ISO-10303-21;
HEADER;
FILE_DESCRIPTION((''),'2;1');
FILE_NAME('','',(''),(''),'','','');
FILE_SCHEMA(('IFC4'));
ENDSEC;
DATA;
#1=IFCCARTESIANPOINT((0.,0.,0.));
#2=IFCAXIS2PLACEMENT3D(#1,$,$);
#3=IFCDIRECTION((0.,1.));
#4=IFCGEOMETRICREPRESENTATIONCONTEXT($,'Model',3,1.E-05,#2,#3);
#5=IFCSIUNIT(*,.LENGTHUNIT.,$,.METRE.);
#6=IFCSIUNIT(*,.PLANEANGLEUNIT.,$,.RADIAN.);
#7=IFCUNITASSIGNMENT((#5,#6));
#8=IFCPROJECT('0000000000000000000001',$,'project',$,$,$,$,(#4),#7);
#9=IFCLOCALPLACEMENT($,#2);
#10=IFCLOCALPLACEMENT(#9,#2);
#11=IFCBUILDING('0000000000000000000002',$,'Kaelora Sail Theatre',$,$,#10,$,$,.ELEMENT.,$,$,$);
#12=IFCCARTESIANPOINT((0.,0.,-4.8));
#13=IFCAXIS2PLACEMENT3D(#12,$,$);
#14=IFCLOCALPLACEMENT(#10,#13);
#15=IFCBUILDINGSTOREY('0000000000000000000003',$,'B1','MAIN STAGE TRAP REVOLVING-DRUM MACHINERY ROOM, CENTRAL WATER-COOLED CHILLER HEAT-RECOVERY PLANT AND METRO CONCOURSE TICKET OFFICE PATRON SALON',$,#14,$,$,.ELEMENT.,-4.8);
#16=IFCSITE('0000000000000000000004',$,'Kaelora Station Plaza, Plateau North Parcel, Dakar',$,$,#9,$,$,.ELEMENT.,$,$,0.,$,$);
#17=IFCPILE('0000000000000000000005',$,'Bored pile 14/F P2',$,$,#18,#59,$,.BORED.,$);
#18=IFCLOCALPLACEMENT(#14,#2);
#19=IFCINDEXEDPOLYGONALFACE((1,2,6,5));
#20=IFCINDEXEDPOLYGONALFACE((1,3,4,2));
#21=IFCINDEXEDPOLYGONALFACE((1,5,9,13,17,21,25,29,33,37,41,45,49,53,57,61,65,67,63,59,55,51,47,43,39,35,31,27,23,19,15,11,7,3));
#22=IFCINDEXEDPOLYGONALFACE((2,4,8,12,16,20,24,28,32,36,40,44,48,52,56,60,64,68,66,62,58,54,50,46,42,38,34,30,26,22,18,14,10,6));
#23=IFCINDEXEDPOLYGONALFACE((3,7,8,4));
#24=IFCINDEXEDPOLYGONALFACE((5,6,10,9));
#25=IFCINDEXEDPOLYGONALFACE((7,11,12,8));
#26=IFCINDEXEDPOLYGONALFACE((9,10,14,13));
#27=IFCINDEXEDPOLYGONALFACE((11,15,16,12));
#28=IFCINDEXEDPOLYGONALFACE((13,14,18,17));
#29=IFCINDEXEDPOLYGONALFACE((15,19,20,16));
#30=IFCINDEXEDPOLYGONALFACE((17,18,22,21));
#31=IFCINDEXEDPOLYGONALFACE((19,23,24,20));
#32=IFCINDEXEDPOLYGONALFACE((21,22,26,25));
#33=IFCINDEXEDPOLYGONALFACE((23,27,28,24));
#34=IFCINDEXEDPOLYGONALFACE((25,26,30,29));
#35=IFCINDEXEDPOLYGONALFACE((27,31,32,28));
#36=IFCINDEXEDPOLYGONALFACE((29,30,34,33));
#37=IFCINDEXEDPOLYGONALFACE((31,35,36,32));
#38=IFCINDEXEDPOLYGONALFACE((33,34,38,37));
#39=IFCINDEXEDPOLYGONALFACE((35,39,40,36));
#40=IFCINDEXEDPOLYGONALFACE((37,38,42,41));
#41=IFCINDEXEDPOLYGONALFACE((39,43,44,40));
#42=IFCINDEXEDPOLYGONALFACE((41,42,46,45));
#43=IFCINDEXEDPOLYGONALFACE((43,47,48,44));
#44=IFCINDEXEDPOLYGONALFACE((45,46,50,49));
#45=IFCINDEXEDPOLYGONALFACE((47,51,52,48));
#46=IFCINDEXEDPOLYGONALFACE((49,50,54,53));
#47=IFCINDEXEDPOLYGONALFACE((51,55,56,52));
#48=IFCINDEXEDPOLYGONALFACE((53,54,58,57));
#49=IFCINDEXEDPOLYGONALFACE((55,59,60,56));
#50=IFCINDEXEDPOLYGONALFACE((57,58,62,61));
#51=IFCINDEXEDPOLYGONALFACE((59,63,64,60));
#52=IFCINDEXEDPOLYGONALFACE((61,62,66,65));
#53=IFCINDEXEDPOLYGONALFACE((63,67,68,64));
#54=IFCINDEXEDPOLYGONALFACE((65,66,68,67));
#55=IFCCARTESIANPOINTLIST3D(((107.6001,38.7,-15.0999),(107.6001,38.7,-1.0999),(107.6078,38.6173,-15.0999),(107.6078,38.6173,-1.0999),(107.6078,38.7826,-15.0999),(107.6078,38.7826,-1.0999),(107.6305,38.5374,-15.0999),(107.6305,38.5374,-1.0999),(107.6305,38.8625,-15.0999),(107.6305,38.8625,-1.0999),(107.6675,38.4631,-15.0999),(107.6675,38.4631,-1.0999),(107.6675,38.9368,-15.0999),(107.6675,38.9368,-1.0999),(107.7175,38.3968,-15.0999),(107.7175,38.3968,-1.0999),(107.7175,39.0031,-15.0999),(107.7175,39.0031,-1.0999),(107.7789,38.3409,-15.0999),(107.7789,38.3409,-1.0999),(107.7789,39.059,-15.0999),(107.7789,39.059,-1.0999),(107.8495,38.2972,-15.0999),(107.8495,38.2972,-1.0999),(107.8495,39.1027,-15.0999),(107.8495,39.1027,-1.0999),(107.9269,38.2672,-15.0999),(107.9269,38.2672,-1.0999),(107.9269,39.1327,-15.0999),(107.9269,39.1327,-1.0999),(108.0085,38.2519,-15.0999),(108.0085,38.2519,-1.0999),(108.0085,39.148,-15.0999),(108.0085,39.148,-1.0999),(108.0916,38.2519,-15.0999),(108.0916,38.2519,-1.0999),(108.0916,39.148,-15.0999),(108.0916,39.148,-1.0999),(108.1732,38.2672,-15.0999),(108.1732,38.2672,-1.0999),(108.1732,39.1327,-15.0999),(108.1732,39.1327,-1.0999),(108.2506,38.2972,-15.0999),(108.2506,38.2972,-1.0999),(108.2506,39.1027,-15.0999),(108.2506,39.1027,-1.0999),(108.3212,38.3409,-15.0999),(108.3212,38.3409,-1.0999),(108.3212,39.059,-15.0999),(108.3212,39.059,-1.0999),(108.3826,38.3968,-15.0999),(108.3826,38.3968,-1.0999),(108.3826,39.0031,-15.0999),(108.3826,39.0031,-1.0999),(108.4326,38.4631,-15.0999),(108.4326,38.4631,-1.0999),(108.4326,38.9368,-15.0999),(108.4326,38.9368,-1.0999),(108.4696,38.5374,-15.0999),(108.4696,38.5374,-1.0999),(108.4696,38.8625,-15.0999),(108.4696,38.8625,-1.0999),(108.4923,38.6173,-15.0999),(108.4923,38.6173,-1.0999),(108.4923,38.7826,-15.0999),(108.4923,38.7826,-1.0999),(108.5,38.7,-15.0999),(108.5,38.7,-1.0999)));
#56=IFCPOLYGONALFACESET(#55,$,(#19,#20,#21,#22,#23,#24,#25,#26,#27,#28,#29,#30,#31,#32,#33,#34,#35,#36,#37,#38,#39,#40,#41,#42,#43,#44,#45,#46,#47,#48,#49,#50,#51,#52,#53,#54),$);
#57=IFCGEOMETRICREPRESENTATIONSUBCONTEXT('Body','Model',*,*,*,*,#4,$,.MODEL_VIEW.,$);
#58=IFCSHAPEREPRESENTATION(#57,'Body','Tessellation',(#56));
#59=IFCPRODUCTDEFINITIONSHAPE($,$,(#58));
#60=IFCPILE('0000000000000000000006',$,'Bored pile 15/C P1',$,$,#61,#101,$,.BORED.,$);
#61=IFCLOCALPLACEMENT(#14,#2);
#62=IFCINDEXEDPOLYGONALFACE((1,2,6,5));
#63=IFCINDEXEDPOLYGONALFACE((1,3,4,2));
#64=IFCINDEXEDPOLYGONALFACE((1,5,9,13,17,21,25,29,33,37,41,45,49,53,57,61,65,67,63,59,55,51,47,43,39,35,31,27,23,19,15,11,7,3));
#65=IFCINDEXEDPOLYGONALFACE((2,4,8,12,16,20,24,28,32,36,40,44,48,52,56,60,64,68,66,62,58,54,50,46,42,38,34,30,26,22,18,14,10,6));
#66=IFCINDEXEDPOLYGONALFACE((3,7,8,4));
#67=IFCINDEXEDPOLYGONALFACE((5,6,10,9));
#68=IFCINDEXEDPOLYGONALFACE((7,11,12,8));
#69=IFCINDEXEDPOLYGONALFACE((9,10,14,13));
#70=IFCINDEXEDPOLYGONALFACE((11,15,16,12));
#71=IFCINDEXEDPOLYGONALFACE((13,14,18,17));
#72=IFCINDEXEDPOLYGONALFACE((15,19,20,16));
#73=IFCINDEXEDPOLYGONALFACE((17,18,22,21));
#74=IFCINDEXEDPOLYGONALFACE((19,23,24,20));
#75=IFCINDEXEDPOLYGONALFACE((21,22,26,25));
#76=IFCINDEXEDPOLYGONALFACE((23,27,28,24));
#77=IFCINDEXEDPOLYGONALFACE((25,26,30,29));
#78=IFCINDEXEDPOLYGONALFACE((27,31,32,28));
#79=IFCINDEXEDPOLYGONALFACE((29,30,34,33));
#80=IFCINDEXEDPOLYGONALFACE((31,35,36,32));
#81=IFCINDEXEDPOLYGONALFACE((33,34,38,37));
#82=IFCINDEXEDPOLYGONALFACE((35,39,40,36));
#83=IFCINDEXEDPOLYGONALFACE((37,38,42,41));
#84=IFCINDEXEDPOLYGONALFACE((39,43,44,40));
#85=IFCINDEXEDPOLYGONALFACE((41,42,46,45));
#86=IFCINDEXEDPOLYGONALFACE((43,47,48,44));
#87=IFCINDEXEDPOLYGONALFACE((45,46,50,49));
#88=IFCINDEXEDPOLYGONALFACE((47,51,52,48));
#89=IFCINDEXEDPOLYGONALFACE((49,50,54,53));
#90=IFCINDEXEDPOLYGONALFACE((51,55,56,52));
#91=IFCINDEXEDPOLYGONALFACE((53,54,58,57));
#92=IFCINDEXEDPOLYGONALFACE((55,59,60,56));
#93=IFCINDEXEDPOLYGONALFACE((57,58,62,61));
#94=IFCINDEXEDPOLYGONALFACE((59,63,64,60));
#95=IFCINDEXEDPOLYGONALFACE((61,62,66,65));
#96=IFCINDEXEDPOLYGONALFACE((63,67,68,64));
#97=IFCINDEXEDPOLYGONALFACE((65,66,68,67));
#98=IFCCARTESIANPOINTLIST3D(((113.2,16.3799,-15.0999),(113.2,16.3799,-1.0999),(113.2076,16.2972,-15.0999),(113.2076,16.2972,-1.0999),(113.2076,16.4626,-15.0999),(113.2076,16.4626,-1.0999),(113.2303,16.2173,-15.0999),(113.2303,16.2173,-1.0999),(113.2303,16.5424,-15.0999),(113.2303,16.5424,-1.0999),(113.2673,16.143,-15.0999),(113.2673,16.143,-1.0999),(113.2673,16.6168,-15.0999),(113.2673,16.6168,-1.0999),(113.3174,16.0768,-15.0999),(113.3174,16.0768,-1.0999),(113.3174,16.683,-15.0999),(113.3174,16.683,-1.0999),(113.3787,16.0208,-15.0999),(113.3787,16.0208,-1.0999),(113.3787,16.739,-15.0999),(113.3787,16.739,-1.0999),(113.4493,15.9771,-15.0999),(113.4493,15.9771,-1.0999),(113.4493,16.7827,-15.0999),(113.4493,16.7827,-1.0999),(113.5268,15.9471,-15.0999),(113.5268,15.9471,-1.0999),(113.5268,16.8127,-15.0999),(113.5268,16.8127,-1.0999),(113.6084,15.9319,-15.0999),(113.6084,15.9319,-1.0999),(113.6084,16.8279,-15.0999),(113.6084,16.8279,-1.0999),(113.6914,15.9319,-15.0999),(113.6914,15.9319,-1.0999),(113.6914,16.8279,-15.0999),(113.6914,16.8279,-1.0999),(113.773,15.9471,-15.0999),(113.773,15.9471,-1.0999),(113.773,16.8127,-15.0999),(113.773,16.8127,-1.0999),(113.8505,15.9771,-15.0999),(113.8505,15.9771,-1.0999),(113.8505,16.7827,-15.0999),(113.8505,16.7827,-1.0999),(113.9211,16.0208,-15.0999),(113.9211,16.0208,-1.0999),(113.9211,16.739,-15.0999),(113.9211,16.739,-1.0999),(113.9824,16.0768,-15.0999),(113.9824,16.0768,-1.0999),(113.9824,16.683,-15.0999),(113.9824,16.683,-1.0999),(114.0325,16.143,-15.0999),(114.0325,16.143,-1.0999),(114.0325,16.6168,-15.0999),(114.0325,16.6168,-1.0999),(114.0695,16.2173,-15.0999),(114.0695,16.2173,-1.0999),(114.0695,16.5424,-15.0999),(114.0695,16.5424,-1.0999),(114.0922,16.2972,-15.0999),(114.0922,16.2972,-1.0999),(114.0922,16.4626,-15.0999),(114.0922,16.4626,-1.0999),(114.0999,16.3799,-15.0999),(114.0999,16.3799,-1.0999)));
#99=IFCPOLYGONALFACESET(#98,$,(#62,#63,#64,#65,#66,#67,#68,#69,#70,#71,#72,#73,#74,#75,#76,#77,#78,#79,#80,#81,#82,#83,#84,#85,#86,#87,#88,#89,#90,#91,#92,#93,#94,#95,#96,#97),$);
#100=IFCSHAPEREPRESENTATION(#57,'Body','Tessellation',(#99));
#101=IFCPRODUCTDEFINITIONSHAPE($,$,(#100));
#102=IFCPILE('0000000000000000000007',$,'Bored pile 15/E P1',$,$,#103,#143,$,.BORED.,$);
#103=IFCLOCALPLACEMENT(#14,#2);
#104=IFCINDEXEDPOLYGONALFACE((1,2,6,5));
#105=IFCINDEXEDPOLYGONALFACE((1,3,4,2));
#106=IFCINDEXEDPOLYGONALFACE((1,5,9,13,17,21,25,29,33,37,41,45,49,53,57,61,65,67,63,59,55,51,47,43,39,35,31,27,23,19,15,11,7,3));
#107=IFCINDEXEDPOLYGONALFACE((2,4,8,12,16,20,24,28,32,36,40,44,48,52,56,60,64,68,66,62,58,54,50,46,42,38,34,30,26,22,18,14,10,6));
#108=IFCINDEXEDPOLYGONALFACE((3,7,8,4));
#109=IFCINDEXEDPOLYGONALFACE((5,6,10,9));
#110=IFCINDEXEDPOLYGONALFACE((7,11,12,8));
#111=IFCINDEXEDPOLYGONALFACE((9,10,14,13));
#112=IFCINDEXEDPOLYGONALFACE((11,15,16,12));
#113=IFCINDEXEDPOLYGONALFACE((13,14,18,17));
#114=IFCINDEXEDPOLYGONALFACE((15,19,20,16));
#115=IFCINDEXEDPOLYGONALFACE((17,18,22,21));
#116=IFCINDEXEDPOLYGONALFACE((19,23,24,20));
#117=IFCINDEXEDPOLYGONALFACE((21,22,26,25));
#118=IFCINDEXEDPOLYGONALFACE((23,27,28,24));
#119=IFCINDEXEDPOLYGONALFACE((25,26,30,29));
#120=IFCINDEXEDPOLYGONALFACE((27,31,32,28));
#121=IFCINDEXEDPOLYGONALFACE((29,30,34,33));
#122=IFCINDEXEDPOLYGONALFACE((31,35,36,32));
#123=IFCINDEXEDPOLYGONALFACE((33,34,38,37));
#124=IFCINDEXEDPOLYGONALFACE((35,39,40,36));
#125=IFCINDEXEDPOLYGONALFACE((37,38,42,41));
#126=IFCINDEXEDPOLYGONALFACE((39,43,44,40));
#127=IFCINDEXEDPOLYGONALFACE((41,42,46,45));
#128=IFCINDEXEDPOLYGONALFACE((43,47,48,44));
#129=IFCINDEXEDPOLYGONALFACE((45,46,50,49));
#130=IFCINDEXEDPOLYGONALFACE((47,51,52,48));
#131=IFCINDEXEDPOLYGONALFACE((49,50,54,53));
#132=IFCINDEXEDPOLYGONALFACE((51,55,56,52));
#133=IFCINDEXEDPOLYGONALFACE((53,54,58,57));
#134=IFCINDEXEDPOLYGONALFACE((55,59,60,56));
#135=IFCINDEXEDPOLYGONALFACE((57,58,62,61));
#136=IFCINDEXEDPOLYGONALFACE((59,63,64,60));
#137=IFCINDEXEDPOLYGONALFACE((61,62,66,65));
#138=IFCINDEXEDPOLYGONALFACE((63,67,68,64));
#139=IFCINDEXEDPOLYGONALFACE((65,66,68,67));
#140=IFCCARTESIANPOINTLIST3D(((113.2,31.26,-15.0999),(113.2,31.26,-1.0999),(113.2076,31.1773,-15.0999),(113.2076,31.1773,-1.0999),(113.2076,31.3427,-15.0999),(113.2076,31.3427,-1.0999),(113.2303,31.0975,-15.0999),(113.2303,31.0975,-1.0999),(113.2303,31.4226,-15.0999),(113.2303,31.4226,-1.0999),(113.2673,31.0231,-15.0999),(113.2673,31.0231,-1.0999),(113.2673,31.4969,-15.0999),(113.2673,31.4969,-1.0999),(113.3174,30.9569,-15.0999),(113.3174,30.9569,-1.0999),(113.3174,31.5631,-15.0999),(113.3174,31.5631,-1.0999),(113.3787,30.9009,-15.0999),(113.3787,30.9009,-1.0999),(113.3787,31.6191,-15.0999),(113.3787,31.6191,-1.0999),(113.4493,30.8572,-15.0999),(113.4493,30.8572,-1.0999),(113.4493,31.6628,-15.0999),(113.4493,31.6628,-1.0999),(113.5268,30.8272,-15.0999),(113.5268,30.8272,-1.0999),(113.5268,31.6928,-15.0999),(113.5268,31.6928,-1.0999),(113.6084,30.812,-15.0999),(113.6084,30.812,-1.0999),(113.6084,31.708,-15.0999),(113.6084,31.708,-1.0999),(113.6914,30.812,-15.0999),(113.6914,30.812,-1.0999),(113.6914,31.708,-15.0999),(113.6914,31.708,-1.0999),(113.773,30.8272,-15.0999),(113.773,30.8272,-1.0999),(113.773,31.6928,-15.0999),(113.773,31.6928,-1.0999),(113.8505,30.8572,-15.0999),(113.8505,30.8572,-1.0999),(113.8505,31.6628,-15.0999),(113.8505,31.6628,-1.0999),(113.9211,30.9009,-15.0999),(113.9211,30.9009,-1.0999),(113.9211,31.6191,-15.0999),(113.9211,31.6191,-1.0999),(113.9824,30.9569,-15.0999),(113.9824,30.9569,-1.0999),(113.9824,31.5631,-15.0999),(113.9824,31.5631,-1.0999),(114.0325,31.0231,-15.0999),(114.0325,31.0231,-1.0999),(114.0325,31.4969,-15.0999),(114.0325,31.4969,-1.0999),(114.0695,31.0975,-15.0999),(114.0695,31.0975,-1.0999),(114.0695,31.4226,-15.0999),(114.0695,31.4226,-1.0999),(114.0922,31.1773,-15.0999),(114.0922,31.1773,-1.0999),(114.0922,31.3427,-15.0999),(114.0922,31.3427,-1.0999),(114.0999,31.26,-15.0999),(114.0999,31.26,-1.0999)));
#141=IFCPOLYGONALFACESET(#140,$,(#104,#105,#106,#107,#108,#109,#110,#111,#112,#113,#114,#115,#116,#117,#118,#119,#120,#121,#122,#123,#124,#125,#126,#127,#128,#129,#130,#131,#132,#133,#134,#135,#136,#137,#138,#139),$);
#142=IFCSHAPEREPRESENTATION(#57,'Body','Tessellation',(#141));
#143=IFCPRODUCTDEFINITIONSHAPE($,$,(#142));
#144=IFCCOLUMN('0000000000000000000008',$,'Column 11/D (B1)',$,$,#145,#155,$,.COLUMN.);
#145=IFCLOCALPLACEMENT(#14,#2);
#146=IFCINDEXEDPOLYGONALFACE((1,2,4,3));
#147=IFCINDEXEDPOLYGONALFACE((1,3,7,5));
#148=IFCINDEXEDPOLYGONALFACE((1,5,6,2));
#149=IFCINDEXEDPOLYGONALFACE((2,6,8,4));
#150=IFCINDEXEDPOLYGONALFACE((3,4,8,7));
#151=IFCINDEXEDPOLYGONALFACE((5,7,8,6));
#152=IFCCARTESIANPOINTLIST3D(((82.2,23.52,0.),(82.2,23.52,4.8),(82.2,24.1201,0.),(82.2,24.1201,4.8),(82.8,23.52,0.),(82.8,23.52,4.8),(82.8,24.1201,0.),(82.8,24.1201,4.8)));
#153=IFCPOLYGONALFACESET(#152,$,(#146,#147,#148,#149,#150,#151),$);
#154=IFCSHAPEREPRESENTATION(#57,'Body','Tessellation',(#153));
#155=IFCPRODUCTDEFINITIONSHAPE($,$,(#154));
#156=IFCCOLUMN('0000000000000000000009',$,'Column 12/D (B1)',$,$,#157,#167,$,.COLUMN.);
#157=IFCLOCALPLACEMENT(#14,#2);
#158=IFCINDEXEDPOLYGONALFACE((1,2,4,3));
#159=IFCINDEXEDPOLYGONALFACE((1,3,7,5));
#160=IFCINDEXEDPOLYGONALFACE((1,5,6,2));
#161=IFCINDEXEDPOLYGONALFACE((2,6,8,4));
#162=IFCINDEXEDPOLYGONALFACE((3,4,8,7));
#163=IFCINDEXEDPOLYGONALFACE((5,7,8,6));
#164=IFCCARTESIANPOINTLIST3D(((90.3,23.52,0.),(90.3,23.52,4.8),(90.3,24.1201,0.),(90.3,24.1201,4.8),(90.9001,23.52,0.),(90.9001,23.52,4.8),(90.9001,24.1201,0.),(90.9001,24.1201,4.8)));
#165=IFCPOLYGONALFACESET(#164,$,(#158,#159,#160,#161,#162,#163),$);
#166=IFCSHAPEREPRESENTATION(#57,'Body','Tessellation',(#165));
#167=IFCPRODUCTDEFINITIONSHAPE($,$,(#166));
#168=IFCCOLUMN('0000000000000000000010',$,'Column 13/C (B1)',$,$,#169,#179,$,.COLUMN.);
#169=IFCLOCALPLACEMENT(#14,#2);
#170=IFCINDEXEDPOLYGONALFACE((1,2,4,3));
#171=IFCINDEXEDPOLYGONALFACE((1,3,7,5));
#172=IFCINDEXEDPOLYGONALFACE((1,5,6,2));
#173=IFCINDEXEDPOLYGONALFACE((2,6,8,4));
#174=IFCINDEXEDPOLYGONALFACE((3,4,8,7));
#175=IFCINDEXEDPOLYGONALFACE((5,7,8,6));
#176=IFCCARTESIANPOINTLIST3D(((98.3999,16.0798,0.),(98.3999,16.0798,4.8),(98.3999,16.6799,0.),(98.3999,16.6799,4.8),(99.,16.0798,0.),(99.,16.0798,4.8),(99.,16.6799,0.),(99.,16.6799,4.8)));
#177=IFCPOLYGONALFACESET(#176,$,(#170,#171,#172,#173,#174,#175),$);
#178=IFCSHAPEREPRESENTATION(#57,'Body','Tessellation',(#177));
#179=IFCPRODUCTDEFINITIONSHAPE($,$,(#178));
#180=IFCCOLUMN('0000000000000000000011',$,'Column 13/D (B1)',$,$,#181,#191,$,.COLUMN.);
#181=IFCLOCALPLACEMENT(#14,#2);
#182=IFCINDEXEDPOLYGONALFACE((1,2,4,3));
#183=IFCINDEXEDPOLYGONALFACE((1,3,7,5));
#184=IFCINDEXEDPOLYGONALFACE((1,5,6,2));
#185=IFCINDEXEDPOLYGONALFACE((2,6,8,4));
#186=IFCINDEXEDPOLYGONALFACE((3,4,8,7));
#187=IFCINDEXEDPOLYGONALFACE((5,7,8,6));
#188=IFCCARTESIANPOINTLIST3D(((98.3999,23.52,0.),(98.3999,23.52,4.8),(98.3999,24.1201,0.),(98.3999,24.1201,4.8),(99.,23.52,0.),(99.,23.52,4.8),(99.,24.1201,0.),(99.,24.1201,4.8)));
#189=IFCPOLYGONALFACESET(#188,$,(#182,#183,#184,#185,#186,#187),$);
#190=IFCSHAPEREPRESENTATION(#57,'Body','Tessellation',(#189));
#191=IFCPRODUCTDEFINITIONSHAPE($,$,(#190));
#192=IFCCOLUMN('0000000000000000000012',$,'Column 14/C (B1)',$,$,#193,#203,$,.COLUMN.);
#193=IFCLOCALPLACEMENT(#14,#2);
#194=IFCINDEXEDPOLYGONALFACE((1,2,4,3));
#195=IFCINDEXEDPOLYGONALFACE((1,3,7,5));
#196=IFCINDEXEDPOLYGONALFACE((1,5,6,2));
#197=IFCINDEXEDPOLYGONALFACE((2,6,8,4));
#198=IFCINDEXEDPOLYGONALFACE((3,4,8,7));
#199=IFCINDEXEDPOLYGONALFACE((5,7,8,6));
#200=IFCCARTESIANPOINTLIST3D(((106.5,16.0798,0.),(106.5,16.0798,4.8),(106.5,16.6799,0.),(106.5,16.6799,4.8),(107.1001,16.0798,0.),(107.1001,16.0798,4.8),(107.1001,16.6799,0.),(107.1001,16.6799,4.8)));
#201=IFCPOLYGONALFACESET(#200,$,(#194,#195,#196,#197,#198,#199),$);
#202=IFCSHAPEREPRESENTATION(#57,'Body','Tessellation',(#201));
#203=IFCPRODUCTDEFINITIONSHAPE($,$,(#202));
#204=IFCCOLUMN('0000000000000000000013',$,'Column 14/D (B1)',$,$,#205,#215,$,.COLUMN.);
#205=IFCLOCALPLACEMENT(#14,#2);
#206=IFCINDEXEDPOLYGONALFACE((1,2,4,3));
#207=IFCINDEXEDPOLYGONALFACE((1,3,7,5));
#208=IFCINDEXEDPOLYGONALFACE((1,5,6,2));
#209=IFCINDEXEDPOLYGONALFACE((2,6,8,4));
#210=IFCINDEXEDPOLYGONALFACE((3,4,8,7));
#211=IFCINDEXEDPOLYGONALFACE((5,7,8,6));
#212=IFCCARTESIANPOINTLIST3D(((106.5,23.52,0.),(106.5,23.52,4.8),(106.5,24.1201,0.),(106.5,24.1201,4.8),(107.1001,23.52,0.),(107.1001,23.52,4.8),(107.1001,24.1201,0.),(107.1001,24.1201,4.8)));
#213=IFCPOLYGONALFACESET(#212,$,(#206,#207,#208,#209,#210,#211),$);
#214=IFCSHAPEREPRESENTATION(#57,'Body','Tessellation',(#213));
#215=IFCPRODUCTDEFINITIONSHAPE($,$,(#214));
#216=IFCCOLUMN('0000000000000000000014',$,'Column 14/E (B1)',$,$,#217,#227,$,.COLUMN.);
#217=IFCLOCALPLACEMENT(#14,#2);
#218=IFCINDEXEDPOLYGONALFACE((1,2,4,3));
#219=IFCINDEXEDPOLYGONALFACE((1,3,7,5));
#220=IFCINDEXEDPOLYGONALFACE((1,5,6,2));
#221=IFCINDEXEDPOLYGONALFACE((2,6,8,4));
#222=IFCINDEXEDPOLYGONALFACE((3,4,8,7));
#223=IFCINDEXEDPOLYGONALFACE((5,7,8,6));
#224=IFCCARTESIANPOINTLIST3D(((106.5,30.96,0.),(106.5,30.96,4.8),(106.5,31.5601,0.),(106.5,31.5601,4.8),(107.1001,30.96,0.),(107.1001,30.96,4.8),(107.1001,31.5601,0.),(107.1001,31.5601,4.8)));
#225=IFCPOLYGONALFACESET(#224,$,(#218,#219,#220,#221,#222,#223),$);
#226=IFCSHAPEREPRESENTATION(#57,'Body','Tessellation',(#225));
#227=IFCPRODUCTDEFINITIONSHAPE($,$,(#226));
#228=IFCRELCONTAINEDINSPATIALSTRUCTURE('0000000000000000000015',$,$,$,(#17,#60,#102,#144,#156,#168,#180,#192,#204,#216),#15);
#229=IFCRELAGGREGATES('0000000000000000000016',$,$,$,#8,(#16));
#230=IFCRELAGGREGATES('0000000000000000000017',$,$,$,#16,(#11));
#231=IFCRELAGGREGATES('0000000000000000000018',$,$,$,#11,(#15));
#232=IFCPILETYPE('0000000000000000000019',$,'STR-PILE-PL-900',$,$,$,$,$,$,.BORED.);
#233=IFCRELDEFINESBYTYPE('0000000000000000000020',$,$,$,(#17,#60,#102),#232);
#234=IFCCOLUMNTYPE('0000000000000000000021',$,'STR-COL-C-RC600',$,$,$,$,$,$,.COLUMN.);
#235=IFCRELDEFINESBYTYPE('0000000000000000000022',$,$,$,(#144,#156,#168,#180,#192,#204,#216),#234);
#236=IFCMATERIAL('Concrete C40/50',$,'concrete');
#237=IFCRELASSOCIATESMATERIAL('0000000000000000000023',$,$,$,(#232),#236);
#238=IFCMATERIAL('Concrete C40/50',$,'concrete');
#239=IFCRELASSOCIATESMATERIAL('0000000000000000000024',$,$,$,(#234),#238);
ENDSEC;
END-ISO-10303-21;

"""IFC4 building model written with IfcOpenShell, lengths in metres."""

from ifc_helpers import new_model, si_unit, direction, frame, origin, origin_2d, place, context, subcontext, project, spatial, rectangle, circle, extrude, material, material_profile, profile_set, type_object, element, save


model = new_model("IFC4")

# Units and contexts
model_context = context("Model", 3, precision=1e-05, world=origin(), true_north=direction((0.0, 1.0)))
body_context = subcontext(model_context, "Body", "Model", "MODEL_VIEW")
ifc_project = project(units=[si_unit("LENGTHUNIT", "METRE"), si_unit("PLANEANGLEUNIT", "RADIAN")], contexts=[model_context])

# Site, building, storey
site_placement = place(None, origin())
site = spatial("IfcSite", under=ifc_project, at=site_placement, Name="Kaelora Station Plaza, Plateau North Parcel, Dakar", CompositionType="ELEMENT", RefElevation=0.0)
building_placement = place(site_placement, origin())
building = spatial("IfcBuilding", under=site, at=building_placement, Name="Kaelora Sail Theatre", CompositionType="ELEMENT")
storey_placement = place(building_placement, frame((0.0, 0.0, -4.8)))
storey = spatial("IfcBuildingStorey", under=building, at=storey_placement, Name="B1", Description="MAIN STAGE TRAP REVOLVING-DRUM MACHINERY ROOM, CENTRAL WATER-COOLED CHILLER HEAT-RECOVERY PLANT AND METRO CONCOURSE TICKET OFFICE PATRON SALON", CompositionType="ELEMENT", Elevation=-4.8)

# Piles
ifc_material_1 = material(Name="Concrete C40/50", Category="concrete")
ifc_material_profile_1 = material_profile(ifc_material_1, circle(Radius=0.45, at=origin_2d()), Name="PILE D900")
ifc_profile_set_1 = profile_set([ifc_material_profile_1], Name="Concrete C40/50")
pile_type = type_object("IfcPileType", Name="STR-PILE-PL-900", PredefinedType="BORED", material=ifc_profile_set_1)
for number, where, z_axis, x_axis, name in (
    (1, (108.05, 38.7, -1.0999), (0.0, 0.0, -1.0), (1.0, 0.0, 0.0), "Bored pile 14/F P2"),
    (2, (113.6499, 16.3799, -1.0999), (0.0, 0.0, -1.0), (1.0, 0.0, 0.0), "Bored pile 15/C P1"),
    (3, (113.6499, 31.26, -1.0999), (0.0, 0.0, -1.0), (1.0, 0.0, 0.0), "Bored pile 15/E P1"),
):
    element("IfcPile", number, at=place(storey_placement, frame(where, z_axis=z_axis, x_axis=x_axis)), inside=storey, type_object=pile_type, Name=name, PredefinedType="BORED", context=body_context, shape_type="SweptSolid", body=[
        extrude(circle(Radius=0.45, at=origin_2d()), origin(), (0.0, 0.0, 1.0), 14.0),
    ])

# Columns
ifc_material_2 = material(Name="Concrete C40/50", Category="concrete")
ifc_material_profile_2 = material_profile(ifc_material_2, rectangle(XDim=0.6001, YDim=0.6001, at=origin_2d()), Name="RC-COL 600x600")
ifc_profile_set_2 = profile_set([ifc_material_profile_2], Name="Concrete C40/50")
column_type_1 = type_object("IfcColumnType", Name="STR-COL-C-RC600", PredefinedType="COLUMN", material=ifc_profile_set_2)
for number, where, z_axis, x_axis, name in (
    (4, (82.5, 23.8201, 0.0), (0.0, 0.0, 1.0), (1.0, 0.0, 0.0), "Column 11/D (B1)"),
    (5, (90.6001, 23.8201, 0.0), (0.0, 0.0, 1.0), (1.0, 0.0, 0.0), "Column 12/D (B1)"),
    (6, (98.7, 16.3799, 0.0), (0.0, 0.0, 1.0), (1.0, 0.0, 0.0), "Column 13/C (B1)"),
    (7, (98.7, 23.8201, 0.0), (0.0, 0.0, 1.0), (1.0, 0.0, 0.0), "Column 13/D (B1)"),
    (8, (106.8, 16.3799, 0.0), (0.0, 0.0, 1.0), (1.0, 0.0, 0.0), "Column 14/C (B1)"),
    (9, (106.8, 23.8201, 0.0), (0.0, 0.0, 1.0), (1.0, 0.0, 0.0), "Column 14/D (B1)"),
    (10, (106.8, 31.26, 0.0), (0.0, 0.0, 1.0), (1.0, 0.0, 0.0), "Column 14/E (B1)"),
):
    element("IfcColumn", number, at=place(storey_placement, frame(where, z_axis=z_axis, x_axis=x_axis)), inside=storey, type_object=column_type_1, Name=name, PredefinedType="COLUMN", context=body_context, shape_type="SweptSolid", body=[
        extrude(rectangle(XDim=0.6001, YDim=0.6001, at=origin_2d()), origin(), (0.0, 0.0, 1.0), 4.8),
    ])

save(model, "model.ifc")
